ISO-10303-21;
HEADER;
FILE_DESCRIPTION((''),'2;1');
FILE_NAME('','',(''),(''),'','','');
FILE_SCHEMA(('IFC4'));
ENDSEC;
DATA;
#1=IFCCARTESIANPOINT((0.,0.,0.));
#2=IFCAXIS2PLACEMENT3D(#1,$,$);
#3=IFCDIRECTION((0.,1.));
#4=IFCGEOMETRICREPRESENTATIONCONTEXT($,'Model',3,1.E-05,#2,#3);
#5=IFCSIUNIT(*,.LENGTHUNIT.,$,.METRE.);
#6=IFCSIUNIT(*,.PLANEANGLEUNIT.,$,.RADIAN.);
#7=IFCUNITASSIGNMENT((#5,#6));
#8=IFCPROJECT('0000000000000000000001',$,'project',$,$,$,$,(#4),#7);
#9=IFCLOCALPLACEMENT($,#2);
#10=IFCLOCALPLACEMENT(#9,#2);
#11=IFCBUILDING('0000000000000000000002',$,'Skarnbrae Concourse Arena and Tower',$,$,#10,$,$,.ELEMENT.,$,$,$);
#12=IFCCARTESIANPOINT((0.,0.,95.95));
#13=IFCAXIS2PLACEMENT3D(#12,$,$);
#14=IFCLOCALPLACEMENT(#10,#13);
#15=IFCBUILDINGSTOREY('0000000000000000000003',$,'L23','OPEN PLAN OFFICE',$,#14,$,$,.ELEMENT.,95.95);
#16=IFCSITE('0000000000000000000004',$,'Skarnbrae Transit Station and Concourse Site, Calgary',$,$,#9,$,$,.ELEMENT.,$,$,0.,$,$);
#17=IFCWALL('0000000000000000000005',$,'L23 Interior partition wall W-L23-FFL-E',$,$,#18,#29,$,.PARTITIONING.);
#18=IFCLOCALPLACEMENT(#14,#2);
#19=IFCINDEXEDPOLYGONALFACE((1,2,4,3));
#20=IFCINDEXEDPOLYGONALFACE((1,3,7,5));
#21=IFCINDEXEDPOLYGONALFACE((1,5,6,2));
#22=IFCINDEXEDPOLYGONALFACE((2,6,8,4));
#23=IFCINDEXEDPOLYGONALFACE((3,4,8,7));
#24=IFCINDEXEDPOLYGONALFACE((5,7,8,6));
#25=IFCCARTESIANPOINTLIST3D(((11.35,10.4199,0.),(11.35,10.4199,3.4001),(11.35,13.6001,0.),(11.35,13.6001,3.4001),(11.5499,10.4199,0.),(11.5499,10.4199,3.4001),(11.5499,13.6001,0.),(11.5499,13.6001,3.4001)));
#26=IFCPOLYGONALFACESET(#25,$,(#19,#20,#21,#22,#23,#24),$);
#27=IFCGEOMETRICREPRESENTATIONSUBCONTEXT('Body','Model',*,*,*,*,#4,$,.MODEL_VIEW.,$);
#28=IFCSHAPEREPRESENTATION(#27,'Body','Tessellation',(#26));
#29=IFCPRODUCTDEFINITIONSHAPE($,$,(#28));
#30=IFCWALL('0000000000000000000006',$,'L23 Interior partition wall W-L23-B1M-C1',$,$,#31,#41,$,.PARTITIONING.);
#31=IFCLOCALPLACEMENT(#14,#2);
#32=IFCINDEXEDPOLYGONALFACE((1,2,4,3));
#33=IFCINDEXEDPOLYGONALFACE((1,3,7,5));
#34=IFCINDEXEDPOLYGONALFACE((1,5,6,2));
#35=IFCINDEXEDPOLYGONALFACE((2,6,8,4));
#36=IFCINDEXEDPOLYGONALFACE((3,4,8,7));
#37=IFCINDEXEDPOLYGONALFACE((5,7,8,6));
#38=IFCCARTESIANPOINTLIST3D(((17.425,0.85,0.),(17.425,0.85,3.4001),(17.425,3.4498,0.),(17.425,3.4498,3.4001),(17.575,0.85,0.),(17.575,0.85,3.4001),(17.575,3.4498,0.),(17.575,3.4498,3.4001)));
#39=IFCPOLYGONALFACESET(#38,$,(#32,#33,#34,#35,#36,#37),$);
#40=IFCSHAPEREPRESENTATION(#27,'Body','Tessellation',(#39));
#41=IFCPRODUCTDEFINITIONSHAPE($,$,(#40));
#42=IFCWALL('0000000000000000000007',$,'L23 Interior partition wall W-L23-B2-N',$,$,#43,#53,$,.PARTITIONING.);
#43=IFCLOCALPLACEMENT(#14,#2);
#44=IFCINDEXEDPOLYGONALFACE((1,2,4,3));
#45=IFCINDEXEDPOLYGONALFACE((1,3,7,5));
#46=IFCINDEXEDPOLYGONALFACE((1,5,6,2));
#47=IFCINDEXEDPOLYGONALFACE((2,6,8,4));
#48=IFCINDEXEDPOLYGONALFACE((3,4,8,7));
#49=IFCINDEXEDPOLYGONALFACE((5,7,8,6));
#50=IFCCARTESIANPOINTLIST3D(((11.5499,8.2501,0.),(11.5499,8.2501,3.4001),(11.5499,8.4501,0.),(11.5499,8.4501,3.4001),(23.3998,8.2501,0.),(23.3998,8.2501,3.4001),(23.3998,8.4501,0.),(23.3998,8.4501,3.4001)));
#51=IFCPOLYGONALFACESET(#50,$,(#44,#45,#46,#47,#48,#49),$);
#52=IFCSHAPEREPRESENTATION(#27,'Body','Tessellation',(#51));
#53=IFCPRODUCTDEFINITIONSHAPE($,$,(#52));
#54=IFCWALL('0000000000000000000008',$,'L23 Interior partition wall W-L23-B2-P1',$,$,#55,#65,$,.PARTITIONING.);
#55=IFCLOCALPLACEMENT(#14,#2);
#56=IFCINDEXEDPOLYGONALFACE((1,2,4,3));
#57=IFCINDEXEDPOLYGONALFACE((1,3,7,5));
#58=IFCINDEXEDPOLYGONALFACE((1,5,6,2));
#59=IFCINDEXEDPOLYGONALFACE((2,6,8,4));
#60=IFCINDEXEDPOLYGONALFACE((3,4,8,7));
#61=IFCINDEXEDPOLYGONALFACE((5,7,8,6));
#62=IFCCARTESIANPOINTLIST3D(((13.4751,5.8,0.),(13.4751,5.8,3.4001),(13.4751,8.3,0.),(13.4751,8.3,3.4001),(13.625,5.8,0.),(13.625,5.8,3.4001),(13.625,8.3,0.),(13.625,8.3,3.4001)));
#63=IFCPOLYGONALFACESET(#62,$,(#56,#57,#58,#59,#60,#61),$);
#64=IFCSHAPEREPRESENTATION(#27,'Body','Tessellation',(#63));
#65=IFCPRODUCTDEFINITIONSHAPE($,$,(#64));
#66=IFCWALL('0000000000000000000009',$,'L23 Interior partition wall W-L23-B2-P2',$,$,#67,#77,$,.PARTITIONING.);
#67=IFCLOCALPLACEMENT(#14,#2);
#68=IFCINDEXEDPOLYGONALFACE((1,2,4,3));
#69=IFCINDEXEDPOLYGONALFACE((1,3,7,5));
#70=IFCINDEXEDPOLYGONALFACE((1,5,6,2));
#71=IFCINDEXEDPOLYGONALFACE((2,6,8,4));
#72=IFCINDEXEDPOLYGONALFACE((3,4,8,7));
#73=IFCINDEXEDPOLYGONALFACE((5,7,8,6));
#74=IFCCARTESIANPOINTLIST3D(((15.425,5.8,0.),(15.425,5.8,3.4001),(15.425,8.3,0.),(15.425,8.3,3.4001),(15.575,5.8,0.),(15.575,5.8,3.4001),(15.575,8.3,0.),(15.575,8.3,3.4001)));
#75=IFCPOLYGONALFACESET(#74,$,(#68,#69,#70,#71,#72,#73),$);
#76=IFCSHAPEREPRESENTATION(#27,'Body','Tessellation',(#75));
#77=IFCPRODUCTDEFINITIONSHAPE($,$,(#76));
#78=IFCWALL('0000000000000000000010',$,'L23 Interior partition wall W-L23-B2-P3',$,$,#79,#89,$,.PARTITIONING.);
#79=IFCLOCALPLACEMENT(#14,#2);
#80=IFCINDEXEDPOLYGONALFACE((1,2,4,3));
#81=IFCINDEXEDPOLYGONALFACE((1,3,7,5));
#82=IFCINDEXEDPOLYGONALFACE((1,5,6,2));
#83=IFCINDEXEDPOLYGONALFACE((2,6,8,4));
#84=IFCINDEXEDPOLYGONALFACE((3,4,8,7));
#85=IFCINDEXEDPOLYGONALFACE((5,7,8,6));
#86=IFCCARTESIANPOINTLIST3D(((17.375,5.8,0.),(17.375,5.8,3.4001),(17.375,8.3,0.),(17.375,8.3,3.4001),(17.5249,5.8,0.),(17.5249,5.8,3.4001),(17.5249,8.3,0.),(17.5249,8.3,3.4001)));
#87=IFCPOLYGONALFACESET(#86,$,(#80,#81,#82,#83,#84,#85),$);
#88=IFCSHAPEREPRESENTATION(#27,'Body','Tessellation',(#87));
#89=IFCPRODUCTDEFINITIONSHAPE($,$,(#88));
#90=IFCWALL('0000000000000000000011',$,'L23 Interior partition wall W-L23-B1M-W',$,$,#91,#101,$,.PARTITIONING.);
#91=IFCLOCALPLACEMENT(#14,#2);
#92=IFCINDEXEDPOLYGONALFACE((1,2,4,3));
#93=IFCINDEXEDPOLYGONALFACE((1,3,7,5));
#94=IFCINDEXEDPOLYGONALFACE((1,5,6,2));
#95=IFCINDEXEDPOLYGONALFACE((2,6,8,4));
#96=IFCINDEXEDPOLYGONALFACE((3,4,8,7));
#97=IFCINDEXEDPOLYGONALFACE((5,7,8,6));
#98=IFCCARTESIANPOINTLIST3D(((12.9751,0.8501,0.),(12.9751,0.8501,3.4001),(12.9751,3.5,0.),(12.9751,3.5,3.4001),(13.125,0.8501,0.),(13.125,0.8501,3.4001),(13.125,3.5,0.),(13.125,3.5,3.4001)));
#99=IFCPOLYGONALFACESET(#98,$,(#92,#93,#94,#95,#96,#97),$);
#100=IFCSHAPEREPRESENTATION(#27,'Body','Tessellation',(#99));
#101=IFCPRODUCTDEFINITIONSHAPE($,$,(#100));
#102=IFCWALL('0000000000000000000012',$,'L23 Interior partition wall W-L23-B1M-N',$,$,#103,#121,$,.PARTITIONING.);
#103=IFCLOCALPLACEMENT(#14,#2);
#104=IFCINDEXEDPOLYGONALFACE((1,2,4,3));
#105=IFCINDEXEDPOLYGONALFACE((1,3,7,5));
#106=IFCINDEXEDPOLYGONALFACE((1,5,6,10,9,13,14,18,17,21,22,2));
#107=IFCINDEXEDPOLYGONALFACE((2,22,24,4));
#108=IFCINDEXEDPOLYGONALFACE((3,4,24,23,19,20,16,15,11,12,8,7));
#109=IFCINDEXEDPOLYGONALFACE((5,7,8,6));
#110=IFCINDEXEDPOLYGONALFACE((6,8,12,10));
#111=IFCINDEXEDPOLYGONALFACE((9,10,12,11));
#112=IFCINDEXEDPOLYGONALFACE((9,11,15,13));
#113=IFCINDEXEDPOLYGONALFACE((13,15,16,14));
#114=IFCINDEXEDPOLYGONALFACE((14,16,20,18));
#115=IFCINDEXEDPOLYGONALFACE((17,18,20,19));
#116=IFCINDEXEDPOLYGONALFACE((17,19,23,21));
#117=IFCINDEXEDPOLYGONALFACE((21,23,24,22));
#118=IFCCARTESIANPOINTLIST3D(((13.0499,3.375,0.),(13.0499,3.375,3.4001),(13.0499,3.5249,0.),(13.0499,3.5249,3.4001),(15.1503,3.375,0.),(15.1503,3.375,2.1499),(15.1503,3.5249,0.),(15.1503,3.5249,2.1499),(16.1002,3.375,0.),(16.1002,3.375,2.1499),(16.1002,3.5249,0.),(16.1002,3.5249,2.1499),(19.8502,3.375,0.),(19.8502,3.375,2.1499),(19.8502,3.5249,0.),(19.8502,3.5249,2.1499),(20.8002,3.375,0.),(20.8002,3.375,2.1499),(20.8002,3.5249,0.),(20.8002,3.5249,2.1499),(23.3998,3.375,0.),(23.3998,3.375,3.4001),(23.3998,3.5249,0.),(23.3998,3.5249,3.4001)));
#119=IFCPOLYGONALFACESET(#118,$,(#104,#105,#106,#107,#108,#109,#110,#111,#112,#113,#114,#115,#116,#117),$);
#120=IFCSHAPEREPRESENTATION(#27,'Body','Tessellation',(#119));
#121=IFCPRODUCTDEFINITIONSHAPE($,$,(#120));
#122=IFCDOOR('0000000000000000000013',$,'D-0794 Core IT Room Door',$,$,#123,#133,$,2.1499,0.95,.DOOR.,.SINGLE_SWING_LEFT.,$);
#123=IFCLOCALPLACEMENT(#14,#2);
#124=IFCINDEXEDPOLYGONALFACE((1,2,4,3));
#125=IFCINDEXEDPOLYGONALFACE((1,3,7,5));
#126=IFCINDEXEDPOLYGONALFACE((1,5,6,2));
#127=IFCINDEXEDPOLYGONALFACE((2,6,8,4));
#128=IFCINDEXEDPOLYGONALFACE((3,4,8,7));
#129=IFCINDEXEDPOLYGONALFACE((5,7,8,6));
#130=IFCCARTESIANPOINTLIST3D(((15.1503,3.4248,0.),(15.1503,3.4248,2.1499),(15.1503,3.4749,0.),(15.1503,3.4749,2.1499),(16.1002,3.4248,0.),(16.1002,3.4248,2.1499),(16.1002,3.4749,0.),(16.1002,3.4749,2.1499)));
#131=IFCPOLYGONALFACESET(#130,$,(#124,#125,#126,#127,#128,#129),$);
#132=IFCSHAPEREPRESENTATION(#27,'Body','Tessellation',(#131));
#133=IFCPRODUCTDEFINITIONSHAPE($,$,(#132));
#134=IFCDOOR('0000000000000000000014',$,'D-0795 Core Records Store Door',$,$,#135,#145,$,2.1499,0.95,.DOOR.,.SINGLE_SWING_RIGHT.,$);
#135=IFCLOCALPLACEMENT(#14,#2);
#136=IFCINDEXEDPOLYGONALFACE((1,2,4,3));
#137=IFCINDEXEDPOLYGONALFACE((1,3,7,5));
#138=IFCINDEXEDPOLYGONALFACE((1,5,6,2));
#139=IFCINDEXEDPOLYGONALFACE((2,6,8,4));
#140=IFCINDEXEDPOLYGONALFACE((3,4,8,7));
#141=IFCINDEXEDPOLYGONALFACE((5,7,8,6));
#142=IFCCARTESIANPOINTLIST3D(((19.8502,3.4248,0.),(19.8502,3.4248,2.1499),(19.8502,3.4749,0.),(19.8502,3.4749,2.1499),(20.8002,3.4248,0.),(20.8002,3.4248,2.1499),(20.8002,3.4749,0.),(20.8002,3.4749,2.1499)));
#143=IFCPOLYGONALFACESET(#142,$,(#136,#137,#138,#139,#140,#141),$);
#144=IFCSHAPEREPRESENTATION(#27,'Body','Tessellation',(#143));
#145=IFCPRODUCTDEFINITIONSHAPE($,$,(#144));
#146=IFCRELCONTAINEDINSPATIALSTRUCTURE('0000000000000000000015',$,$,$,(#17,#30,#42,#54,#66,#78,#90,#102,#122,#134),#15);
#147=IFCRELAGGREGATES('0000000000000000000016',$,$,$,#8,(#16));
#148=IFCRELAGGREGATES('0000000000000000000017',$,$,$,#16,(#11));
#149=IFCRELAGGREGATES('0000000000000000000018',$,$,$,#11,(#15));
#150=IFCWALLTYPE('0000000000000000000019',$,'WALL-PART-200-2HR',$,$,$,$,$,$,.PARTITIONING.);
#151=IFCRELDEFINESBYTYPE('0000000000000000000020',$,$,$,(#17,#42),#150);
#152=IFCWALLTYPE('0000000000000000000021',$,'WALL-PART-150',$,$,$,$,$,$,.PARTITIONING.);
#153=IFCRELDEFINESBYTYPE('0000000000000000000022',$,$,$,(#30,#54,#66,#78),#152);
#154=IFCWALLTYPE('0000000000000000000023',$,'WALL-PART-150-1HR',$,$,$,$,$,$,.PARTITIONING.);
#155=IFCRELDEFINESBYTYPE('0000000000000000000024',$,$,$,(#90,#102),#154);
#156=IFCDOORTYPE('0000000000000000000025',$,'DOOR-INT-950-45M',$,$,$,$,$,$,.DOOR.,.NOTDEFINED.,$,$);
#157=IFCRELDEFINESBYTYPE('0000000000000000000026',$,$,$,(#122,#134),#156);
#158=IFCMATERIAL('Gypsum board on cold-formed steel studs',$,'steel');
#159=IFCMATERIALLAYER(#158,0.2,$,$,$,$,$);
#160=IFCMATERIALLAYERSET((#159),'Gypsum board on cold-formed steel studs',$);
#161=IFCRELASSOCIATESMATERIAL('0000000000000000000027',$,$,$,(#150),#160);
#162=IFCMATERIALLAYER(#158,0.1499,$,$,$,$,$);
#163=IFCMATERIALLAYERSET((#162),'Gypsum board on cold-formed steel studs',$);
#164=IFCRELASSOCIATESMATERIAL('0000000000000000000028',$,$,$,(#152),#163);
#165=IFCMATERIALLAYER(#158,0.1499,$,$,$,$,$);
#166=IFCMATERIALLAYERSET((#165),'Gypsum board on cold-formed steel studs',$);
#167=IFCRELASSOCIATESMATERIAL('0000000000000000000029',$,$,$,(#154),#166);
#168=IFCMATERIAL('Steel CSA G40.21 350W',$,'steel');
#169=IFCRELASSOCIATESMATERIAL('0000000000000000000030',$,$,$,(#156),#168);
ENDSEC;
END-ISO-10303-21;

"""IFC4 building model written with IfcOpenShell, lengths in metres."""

from ifc_helpers import new_model, si_unit, direction, frame, frame_2d, origin, place, context, subcontext, project, spatial, rectangle, extrude, source, transform, mapped, material, layer, layer_set, type_object, element, fill, save


model = new_model("IFC4")

# Units and contexts
model_context = context("Model", 3, precision=1e-05, world=origin(), true_north=direction((0.0, 1.0)))
body_context = subcontext(model_context, "Body", "Model", "MODEL_VIEW")
ifc_project = project(units=[si_unit("LENGTHUNIT", "METRE"), si_unit("PLANEANGLEUNIT", "RADIAN")], contexts=[model_context])

# Site, building, storey
site_placement = place(None, origin())
site = spatial("IfcSite", under=ifc_project, at=site_placement, Name="Skarnbrae Transit Station and Concourse Site, Calgary", CompositionType="ELEMENT", RefElevation=0.0)
building_placement = place(site_placement, origin())
building = spatial("IfcBuilding", under=site, at=building_placement, Name="Skarnbrae Concourse Arena and Tower", CompositionType="ELEMENT")
storey_placement = place(building_placement, frame((0.0, 0.0, 95.95)))
storey = spatial("IfcBuildingStorey", under=building, at=storey_placement, Name="L23", Description="OPEN PLAN OFFICE", CompositionType="ELEMENT", Elevation=95.95)

# Wall
ifc_material_1 = material(Name="Gypsum board on cold-formed steel studs", Category="steel")
ifc_layer_1 = layer(ifc_material_1, 0.2)
ifc_layer_set_1 = layer_set([ifc_layer_1], Name="Gypsum board on cold-formed steel studs")
wall_type_1 = type_object("IfcWallType", Name="WALL-PART-200-2HR", PredefinedType="PARTITIONING", material=ifc_layer_set_1)
shared_shape_1 = source(origin(), body_context, "Body", "SweptSolid", [
    extrude(rectangle(XDim=3.1802, YDim=0.2, at=frame_2d((1.5901, 0.0))), origin(), (0.0, 0.0, 1.0), 3.4001),
])
wall_1_placement = place(storey_placement, frame((11.45, 10.4199, 0.0), z_axis=(0.0, 0.0, 1.0), x_axis=(0.0, 1.0, 0.0)))
element("IfcWall", 1, at=wall_1_placement, inside=storey, type_object=wall_type_1, Name="L23 Interior partition wall W-L23-FFL-E", PredefinedType="PARTITIONING", context=body_context, shape_type="MappedRepresentation", body=[
    mapped(shared_shape_1, transform((0.0, 0.0, 0.0))),
])

# Shared definitions
ifc_material_2 = material(Name="Steel CSA G40.21 350W", Category="steel")

# Wall
ifc_layer_2 = layer(ifc_material_1, 0.1499)
ifc_layer_set_2 = layer_set([ifc_layer_2], Name="Gypsum board on cold-formed steel studs")
wall_type_2 = type_object("IfcWallType", Name="WALL-PART-150", PredefinedType="PARTITIONING", material=ifc_layer_set_2)
shared_shape_2 = source(origin(), body_context, "Body", "SweptSolid", [
    extrude(rectangle(XDim=2.5999, YDim=0.1499, at=frame_2d((1.2998, 0.0))), origin(), (0.0, 0.0, 1.0), 3.4001),
])
wall_2_placement = place(storey_placement, frame((17.5, 0.8501, 0.0), z_axis=(0.0, 0.0, 1.0), x_axis=(0.0, 1.0, 0.0)))
element("IfcWall", 2, at=wall_2_placement, inside=storey, type_object=wall_type_2, Name="L23 Interior partition wall W-L23-B1M-C1", PredefinedType="PARTITIONING", context=body_context, shape_type="MappedRepresentation", body=[
    mapped(shared_shape_2, transform((0.0, 0.0, 0.0))),
])

# Shared definitions
shared_shape_3 = source(origin(), body_context, "Body", "SweptSolid", [
    extrude(rectangle(XDim=11.8499, YDim=0.2, at=frame_2d((5.9248, 0.0))), origin(), (0.0, 0.0, 1.0), 3.4001),
])

# Walls
wall_3_placement = place(storey_placement, frame((11.55, 8.3501, 0.0), z_axis=(0.0, 0.0, 1.0), x_axis=(1.0, 0.0, 0.0)))
element("IfcWall", 3, at=wall_3_placement, inside=storey, type_object=wall_type_1, Name="L23 Interior partition wall W-L23-B2-N", PredefinedType="PARTITIONING", context=body_context, shape_type="MappedRepresentation", body=[
    mapped(shared_shape_3, transform((0.0, 0.0, 0.0))),
])
shared_shape_4 = source(origin(), body_context, "Body", "SweptSolid", [
    extrude(rectangle(XDim=2.5, YDim=0.1499, at=frame_2d((1.25, 0.0))), origin(), (0.0, 0.0, 1.0), 3.4001),
])
for number, where, z_axis, x_axis, name in (
    (4, (13.55, 5.8, 0.0), (0.0, 0.0, 1.0), (0.0, 1.0, 0.0), "L23 Interior partition wall W-L23-B2-P1"),
    (5, (15.5, 5.8, 0.0), (0.0, 0.0, 1.0), (0.0, 1.0, 0.0), "L23 Interior partition wall W-L23-B2-P2"),
    (6, (17.45, 5.8, 0.0), (0.0, 0.0, 1.0), (0.0, 1.0, 0.0), "L23 Interior partition wall W-L23-B2-P3"),
):
    element("IfcWall", number, at=place(storey_placement, frame(where, z_axis=z_axis, x_axis=x_axis)), inside=storey, type_object=wall_type_2, Name=name, PredefinedType="PARTITIONING", context=body_context, shape_type="MappedRepresentation", body=[
        mapped(shared_shape_4, transform((0.0, 0.0, 0.0))),
    ])
ifc_layer_3 = layer(ifc_material_1, 0.1499)
ifc_layer_set_3 = layer_set([ifc_layer_3], Name="Gypsum board on cold-formed steel studs")
wall_type_3 = type_object("IfcWallType", Name="WALL-PART-150-1HR", PredefinedType="PARTITIONING", material=ifc_layer_set_3)
shared_shape_5 = source(origin(), body_context, "Body", "SweptSolid", [
    extrude(rectangle(XDim=2.6499, YDim=0.1499, at=frame_2d((1.325, 0.0))), origin(), (0.0, 0.0, 1.0), 3.4001),
])
wall_4_placement = place(storey_placement, frame((13.05, 0.8501, 0.0), z_axis=(0.0, 0.0, 1.0), x_axis=(0.0, 1.0, 0.0)))
element("IfcWall", 7, at=wall_4_placement, inside=storey, type_object=wall_type_3, Name="L23 Interior partition wall W-L23-B1M-W", PredefinedType="PARTITIONING", context=body_context, shape_type="MappedRepresentation", body=[
    mapped(shared_shape_5, transform((0.0, 0.0, 0.0))),
])

# Wall, openings, doors
shared_shape_6 = source(origin(), body_context, "Body", "SweptSolid", [
    extrude(rectangle(XDim=10.3499, YDim=0.1499, at=frame_2d((5.1748, 0.0))), origin(), (0.0, 0.0, 1.0), 3.4001),
])
wall_5_placement = place(storey_placement, frame((13.05, 3.45, 0.0), z_axis=(0.0, 0.0, 1.0), x_axis=(1.0, 0.0, 0.0)))
wall_5 = element("IfcWall", 8, at=wall_5_placement, inside=storey, type_object=wall_type_3, Name="L23 Interior partition wall W-L23-B1M-N", PredefinedType="PARTITIONING", context=body_context, shape_type="MappedRepresentation", body=[
    mapped(shared_shape_6, transform((0.0, 0.0, 0.0))),
])
opening_1_placement = place(wall_5_placement, frame((2.1001, 0.0, 0.0)))
opening_1 = element("IfcOpeningElement", 9, at=opening_1_placement, cuts=wall_5, PredefinedType="OPENING", context=body_context, shape_type="SweptSolid", body=[
    extrude(rectangle(XDim=0.95, YDim=2.1499, at=frame_2d((0.4751, 1.075))), frame((0.0, 0.085, 0.0), z_axis=(0.0, -1.0, 0.0), x_axis=(1.0, 0.0, 0.0)), (0.0, 0.0, 1.0), 0.1699),
])
opening_2_placement = place(wall_5_placement, frame((6.8, 0.0, 0.0)))
opening_2 = element("IfcOpeningElement", 10, at=opening_2_placement, cuts=wall_5, PredefinedType="OPENING", context=body_context, shape_type="SweptSolid", body=[
    extrude(rectangle(XDim=0.95, YDim=2.1499, at=frame_2d((0.4751, 1.075))), frame((0.0, 0.085, 0.0), z_axis=(0.0, -1.0, 0.0), x_axis=(1.0, 0.0, 0.0)), (0.0, 0.0, 1.0), 0.1699),
])
door_type_1 = type_object("IfcDoorType", Name="DOOR-INT-950-45M", OperationType="NOTDEFINED", PredefinedType="DOOR", material=ifc_material_2)
shared_shape_7 = source(origin(), body_context, "Body", "SweptSolid", [
    extrude(rectangle(XDim=0.95, YDim=2.1499, at=frame_2d((0.4751, 1.075))), frame((0.0, 0.0249, 0.0), z_axis=(0.0, -1.0, 0.0), x_axis=(1.0, 0.0, 0.0)), (0.0, 0.0, 1.0), 0.05),
])
door_1_placement = place(opening_1_placement, origin())
door_1 = element("IfcDoor", 11, at=door_1_placement, inside=storey, type_object=door_type_1, Name="D-0794 Core IT Room Door", OperationType="SINGLE_SWING_LEFT", OverallHeight=2.1499, OverallWidth=0.95, PredefinedType="DOOR", context=body_context, shape_type="MappedRepresentation", body=[
    mapped(shared_shape_7, transform((0.0, 0.0, 0.0))),
])
fill(opening_1, door_1)
door_2_placement = place(opening_2_placement, origin())
door_2 = element("IfcDoor", 12, at=door_2_placement, inside=storey, type_object=door_type_1, Name="D-0795 Core Records Store Door", OperationType="SINGLE_SWING_RIGHT", OverallHeight=2.1499, OverallWidth=0.95, PredefinedType="DOOR", context=body_context, shape_type="MappedRepresentation", body=[
    mapped(shared_shape_7, transform((0.0, 0.0, 0.0))),
])
fill(opening_2, door_2)

save(model, "model.ifc")
